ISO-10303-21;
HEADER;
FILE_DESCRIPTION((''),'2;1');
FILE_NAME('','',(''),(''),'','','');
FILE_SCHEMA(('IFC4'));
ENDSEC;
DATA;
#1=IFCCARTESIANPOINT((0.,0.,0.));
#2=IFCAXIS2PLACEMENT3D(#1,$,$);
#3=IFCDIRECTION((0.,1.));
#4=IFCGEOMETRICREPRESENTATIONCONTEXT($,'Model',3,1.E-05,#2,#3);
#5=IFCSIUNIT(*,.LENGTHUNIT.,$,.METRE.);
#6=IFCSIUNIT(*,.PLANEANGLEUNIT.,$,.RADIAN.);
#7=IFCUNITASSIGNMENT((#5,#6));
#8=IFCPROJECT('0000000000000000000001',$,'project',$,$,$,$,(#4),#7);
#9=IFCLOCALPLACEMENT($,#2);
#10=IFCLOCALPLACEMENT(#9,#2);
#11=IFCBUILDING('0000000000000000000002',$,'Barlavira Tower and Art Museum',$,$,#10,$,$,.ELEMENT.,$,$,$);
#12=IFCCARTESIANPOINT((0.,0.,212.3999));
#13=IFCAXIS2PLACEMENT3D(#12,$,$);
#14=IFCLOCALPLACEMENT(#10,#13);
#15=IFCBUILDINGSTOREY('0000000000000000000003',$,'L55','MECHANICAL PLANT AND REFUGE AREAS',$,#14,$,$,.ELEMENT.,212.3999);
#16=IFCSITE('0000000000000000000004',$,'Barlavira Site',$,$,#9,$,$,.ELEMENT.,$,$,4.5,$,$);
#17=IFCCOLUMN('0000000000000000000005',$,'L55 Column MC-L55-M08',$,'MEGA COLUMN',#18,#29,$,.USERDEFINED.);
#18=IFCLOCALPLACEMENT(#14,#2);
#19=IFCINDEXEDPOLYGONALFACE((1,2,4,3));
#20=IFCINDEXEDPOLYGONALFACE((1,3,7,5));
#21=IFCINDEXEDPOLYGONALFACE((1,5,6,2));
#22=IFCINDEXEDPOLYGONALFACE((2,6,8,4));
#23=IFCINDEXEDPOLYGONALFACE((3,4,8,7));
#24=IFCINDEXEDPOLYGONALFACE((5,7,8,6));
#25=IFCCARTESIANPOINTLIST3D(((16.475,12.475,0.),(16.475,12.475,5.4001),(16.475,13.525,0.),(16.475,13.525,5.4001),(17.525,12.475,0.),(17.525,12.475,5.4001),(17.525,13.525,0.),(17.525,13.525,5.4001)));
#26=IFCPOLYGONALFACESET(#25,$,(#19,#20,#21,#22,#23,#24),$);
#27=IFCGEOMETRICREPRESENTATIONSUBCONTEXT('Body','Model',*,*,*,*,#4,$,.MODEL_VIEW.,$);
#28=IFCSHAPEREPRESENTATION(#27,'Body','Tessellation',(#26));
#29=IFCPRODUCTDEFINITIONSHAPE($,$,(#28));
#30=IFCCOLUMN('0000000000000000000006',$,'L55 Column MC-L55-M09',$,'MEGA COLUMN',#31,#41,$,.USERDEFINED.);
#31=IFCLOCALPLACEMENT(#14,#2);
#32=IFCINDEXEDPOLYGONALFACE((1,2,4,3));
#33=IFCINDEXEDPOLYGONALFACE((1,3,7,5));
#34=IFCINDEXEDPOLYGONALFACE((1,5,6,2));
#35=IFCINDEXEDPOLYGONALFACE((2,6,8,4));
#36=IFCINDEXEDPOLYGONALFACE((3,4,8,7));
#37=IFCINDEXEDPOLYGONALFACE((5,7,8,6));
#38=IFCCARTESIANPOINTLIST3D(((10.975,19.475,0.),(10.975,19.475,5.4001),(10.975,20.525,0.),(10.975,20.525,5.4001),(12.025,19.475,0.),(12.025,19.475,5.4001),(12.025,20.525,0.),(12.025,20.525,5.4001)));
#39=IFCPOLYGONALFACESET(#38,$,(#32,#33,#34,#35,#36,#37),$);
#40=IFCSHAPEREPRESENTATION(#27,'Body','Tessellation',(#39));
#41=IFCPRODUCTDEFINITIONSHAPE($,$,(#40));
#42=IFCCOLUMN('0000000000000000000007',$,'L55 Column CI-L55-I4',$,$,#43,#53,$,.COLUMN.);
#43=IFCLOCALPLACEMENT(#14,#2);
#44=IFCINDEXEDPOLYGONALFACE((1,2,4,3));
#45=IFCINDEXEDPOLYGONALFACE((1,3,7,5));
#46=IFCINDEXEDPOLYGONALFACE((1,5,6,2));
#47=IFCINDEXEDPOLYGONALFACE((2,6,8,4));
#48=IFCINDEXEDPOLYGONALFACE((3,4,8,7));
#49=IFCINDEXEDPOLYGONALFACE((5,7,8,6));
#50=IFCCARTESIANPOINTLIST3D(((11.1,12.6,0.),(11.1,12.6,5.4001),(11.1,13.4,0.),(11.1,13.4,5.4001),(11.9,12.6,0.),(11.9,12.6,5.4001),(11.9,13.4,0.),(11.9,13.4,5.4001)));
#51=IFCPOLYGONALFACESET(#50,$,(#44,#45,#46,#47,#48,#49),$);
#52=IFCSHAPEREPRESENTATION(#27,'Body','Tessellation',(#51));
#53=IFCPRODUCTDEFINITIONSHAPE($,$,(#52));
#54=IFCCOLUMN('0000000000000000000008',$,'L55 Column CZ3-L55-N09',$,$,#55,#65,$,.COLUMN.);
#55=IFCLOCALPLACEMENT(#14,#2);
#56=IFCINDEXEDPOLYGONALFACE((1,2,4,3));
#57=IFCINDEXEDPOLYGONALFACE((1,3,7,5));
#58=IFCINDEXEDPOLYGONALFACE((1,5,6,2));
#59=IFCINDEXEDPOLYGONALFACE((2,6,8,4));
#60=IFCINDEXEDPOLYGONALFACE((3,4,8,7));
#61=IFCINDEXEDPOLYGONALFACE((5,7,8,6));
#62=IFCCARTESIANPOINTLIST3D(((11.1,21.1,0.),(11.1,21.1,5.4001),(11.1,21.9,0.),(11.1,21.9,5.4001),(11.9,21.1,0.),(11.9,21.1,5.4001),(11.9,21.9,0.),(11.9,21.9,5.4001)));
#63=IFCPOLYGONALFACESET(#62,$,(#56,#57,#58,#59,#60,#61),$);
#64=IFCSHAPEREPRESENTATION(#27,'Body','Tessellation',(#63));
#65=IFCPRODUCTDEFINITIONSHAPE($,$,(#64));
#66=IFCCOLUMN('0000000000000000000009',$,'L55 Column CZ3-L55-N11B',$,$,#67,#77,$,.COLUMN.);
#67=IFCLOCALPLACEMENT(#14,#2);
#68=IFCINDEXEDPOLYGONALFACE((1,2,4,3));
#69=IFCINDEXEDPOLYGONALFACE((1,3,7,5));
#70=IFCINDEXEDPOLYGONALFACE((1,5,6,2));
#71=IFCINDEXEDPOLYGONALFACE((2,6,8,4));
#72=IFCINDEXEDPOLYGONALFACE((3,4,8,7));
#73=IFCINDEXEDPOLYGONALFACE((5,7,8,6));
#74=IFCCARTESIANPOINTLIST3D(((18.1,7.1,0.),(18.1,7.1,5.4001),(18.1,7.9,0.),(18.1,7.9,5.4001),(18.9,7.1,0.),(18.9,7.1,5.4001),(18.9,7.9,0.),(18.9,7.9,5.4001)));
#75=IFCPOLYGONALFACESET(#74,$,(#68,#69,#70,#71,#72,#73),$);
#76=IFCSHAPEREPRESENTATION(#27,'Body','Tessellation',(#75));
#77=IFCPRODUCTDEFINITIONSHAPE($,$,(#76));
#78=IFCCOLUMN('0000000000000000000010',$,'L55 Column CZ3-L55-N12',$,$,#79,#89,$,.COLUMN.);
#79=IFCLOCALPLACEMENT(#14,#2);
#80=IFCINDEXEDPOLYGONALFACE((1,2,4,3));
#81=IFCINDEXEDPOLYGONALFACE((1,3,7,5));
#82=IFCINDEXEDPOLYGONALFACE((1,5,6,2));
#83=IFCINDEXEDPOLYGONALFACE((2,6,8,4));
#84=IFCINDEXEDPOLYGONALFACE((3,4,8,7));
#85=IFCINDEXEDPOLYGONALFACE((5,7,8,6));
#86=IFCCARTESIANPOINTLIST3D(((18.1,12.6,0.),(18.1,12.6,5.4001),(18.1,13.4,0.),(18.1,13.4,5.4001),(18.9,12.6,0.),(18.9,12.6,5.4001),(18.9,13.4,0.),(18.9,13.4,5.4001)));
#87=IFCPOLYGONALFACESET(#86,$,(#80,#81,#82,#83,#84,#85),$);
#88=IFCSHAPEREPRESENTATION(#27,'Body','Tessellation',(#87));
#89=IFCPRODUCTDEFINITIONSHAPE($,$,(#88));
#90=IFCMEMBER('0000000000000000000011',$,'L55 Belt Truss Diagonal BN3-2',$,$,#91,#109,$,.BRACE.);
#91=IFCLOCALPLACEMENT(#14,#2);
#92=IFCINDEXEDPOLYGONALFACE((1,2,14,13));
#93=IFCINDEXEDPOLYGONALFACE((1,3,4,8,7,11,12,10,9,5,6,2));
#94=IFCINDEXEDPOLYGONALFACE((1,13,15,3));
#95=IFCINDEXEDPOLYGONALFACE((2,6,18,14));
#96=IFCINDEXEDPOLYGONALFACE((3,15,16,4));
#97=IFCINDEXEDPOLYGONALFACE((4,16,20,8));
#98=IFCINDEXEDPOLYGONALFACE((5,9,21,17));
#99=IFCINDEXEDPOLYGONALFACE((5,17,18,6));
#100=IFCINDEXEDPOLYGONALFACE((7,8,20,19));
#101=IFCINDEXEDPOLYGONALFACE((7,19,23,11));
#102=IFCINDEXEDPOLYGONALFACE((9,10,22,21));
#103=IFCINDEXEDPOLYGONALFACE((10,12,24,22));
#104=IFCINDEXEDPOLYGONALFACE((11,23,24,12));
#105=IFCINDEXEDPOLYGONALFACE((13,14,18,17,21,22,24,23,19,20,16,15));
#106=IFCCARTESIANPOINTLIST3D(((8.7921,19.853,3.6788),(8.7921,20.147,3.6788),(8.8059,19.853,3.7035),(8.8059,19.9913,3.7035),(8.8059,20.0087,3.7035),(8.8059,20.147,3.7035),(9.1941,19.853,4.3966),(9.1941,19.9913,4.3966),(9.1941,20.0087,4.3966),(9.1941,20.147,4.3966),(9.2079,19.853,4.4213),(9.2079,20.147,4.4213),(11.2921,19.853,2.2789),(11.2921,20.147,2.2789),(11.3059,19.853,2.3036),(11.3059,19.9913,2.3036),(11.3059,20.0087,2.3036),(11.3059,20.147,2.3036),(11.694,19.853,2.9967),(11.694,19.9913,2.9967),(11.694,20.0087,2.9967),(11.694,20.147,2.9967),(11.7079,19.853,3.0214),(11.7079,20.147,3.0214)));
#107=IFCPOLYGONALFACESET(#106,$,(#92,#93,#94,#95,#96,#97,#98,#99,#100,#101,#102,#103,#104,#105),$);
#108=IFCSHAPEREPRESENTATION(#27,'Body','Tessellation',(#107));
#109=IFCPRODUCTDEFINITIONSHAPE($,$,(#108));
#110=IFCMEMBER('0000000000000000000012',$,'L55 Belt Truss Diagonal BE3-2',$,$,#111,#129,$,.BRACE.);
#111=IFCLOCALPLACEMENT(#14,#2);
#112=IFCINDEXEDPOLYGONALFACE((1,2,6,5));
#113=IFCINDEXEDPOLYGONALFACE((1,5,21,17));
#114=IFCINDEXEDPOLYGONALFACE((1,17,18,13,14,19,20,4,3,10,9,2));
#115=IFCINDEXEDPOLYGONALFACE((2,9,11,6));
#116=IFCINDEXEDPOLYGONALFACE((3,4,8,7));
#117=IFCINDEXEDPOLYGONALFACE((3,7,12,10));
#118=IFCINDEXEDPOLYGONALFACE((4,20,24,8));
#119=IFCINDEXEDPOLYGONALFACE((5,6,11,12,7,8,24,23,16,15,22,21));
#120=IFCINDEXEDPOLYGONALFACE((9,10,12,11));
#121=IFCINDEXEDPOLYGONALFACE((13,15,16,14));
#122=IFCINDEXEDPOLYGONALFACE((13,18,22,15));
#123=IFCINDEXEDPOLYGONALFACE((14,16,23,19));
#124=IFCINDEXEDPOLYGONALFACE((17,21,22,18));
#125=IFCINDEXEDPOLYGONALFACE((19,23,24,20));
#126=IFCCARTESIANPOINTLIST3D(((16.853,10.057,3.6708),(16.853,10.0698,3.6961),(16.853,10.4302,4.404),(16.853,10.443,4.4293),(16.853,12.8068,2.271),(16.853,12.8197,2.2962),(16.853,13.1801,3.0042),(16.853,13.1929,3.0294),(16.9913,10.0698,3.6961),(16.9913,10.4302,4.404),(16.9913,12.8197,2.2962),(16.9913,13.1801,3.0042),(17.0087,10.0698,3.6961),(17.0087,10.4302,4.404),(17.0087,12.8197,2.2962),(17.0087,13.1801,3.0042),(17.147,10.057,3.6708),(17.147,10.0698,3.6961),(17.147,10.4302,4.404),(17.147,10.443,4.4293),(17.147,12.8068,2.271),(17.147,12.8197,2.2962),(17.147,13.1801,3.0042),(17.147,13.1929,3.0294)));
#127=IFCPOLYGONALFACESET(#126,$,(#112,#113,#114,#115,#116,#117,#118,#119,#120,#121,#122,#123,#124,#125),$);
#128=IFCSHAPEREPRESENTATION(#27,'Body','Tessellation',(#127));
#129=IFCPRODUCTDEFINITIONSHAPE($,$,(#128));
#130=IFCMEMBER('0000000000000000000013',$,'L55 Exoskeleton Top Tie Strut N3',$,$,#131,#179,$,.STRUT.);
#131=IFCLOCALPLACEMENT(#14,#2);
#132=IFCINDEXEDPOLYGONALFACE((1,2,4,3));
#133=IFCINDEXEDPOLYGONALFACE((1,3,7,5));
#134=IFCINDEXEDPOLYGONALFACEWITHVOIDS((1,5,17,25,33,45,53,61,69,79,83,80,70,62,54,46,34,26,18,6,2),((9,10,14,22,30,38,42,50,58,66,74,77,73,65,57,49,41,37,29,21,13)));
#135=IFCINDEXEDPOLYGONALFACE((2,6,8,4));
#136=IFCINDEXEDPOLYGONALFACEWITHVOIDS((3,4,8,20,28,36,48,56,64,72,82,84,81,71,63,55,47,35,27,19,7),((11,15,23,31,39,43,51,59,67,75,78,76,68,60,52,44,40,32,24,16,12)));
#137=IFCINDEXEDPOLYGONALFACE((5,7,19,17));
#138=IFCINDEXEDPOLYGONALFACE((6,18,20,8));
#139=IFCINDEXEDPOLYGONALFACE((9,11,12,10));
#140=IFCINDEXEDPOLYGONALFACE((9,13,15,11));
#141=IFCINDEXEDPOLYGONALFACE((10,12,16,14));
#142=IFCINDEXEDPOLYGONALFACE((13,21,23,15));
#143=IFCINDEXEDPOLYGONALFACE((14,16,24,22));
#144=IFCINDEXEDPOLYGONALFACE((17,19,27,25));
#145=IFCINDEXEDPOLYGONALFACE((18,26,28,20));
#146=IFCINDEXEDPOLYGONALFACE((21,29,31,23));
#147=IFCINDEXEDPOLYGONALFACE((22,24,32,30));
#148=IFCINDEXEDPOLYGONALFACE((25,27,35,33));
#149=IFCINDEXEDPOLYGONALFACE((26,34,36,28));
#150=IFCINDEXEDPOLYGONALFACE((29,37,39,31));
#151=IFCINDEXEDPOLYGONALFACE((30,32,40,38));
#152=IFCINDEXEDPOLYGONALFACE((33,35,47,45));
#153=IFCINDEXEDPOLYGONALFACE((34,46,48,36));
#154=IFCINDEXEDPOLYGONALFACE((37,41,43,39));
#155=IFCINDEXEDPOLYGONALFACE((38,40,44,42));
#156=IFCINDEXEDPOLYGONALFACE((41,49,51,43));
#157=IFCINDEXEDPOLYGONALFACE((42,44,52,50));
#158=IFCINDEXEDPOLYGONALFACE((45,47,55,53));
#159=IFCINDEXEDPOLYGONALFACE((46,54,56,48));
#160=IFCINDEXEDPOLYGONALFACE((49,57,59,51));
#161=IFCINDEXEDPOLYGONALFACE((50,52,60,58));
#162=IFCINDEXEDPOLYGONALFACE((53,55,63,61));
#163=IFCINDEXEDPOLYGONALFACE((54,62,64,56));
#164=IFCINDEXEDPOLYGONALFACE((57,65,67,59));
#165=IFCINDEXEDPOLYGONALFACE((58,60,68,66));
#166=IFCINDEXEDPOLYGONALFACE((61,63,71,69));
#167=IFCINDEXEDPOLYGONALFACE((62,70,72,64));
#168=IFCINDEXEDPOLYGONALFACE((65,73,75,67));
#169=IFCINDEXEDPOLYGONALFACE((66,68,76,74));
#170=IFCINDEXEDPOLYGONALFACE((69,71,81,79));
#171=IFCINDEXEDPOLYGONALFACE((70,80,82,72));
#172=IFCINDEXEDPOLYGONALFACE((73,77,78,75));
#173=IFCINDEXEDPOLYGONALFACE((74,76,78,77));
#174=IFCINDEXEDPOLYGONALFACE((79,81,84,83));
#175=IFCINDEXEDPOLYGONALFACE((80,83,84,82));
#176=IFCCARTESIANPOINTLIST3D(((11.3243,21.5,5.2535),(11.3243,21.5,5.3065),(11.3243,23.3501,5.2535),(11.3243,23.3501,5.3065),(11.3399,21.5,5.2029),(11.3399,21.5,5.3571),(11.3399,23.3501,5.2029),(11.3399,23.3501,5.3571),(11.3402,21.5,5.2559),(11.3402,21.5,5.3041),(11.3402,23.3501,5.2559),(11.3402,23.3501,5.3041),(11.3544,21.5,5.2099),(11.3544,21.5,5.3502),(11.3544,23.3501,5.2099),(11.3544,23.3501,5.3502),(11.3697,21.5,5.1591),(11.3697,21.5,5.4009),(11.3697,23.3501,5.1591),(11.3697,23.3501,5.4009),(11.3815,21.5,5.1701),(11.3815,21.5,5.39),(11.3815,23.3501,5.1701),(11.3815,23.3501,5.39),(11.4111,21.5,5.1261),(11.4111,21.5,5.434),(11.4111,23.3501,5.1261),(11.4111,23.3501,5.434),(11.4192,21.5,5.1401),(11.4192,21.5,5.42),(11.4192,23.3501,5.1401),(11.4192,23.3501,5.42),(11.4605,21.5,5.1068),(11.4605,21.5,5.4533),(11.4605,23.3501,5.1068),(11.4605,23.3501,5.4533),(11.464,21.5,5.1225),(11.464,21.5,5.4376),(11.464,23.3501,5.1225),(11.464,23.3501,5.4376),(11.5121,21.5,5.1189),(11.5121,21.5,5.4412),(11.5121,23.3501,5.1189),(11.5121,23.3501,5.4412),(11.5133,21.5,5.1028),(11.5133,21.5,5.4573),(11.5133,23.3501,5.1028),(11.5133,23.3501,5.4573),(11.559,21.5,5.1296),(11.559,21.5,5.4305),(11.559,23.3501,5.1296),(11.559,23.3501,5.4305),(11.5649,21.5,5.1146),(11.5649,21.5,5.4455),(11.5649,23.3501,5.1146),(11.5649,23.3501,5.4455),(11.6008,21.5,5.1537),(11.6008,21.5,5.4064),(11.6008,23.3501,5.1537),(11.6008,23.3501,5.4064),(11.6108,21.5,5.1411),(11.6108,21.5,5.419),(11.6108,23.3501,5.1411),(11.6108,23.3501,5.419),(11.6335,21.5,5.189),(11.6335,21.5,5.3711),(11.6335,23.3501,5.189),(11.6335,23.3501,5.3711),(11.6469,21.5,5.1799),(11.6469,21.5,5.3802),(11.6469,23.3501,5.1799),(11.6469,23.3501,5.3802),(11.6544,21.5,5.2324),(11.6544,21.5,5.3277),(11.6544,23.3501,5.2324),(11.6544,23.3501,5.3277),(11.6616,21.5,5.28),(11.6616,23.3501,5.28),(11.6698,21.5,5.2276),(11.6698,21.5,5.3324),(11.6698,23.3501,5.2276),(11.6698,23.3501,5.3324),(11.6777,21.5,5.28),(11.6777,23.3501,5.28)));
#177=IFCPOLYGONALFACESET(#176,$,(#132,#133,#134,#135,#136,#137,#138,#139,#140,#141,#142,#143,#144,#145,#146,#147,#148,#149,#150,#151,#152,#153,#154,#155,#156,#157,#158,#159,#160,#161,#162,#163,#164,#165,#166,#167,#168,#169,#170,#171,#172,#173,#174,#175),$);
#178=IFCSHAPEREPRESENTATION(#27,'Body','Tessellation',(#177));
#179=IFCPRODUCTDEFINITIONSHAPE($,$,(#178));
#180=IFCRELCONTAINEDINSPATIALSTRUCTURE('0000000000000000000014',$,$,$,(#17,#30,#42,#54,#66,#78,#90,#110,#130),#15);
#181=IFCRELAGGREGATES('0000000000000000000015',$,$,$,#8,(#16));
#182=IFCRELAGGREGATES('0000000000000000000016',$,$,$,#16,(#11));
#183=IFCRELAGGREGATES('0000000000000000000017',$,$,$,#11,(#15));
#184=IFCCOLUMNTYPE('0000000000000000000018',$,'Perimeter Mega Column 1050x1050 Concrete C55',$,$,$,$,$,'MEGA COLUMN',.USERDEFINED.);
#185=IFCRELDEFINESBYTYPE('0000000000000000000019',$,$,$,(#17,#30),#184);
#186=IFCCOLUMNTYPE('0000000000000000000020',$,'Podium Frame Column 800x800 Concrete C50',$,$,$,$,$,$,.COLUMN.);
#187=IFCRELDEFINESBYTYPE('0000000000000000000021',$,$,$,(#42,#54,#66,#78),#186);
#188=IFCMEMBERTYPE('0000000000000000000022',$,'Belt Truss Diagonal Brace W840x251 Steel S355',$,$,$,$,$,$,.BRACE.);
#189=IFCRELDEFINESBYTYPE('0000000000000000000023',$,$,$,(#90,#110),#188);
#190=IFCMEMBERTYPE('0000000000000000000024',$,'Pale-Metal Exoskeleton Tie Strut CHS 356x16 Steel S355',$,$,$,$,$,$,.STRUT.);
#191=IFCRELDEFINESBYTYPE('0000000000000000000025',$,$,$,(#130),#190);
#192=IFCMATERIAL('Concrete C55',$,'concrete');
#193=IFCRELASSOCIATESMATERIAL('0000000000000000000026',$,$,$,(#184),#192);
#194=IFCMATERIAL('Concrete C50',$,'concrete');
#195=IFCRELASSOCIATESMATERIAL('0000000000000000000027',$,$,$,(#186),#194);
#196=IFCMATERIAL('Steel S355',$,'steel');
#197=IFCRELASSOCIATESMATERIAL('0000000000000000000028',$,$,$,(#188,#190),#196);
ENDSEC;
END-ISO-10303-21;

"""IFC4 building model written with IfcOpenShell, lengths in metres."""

from ifc_helpers import new_model, si_unit, direction, frame, origin, origin_2d, place, context, subcontext, project, spatial, rectangle, hollow_circle, i_section, extrude, material, material_profile, profile_set, type_object, element, save


model = new_model("IFC4")

# Units and contexts
model_context = context("Model", 3, precision=1e-05, world=origin(), true_north=direction((0.0, 1.0)))
body_context = subcontext(model_context, "Body", "Model", "MODEL_VIEW")
ifc_project = project(units=[si_unit("LENGTHUNIT", "METRE"), si_unit("PLANEANGLEUNIT", "RADIAN")], contexts=[model_context])

# Site, building, storey
site_placement = place(None, origin())
site = spatial("IfcSite", under=ifc_project, at=site_placement, Name="Barlavira Site", CompositionType="ELEMENT", RefElevation=4.5)
building_placement = place(site_placement, origin())
building = spatial("IfcBuilding", under=site, at=building_placement, Name="Barlavira Tower and Art Museum", CompositionType="ELEMENT")
storey_placement = place(building_placement, frame((0.0, 0.0, 212.3999)))
storey = spatial("IfcBuildingStorey", under=building, at=storey_placement, Name="L55", Description="MECHANICAL PLANT AND REFUGE AREAS", CompositionType="ELEMENT", Elevation=212.3999)

# Columns
ifc_material_1 = material(Name="Concrete C55", Category="concrete")
ifc_material_profile_1 = material_profile(ifc_material_1, rectangle(XDim=1.05, YDim=1.05, at=origin_2d()), Name="RC-COL 1050x1050")
ifc_profile_set_1 = profile_set([ifc_material_profile_1], Name="Concrete C55")
column_type_1 = type_object("IfcColumnType", Name="Perimeter Mega Column 1050x1050 Concrete C55", ElementType="MEGA COLUMN", PredefinedType="USERDEFINED", material=ifc_profile_set_1)
for number, where, z_axis, x_axis, name in (
    (1, (17.0, 13.0, 0.0), (0.0, 0.0, 1.0), (1.0, 0.0, 0.0), "L55 Column MC-L55-M08"),
    (2, (11.5, 20.0, 0.0), (0.0, 0.0, 1.0), (1.0, 0.0, 0.0), "L55 Column MC-L55-M09"),
):
    element("IfcColumn", number, at=place(storey_placement, frame(where, z_axis=z_axis, x_axis=x_axis)), inside=storey, type_object=column_type_1, Name=name, ObjectType="MEGA COLUMN", PredefinedType="USERDEFINED", context=body_context, shape_type="SweptSolid", body=[
        extrude(rectangle(XDim=1.05, YDim=1.05, at=origin_2d()), origin(), (0.0, 0.0, 1.0), 5.4001),
    ])
ifc_material_2 = material(Name="Concrete C50", Category="concrete")
ifc_material_profile_2 = material_profile(ifc_material_2, rectangle(XDim=0.8, YDim=0.8, at=origin_2d()), Name="RC-COL 800x800")
ifc_profile_set_2 = profile_set([ifc_material_profile_2], Name="Concrete C50")
column_type_2 = type_object("IfcColumnType", Name="Podium Frame Column 800x800 Concrete C50", PredefinedType="COLUMN", material=ifc_profile_set_2)
for number, where, z_axis, x_axis, name in (
    (3, (11.5, 13.0, 0.0), (0.0, 0.0, 1.0), (1.0, 0.0, 0.0), "L55 Column CI-L55-I4"),
    (4, (11.5, 21.5, 0.0), (0.0, 0.0, 1.0), (1.0, 0.0, 0.0), "L55 Column CZ3-L55-N09"),
    (5, (18.5, 7.5, 0.0), (0.0, 0.0, 1.0), (1.0, 0.0, 0.0), "L55 Column CZ3-L55-N11B"),
    (6, (18.5, 13.0, 0.0), (0.0, 0.0, 1.0), (1.0, 0.0, 0.0), "L55 Column CZ3-L55-N12"),
):
    element("IfcColumn", number, at=place(storey_placement, frame(where, z_axis=z_axis, x_axis=x_axis)), inside=storey, type_object=column_type_2, Name=name, PredefinedType="COLUMN", context=body_context, shape_type="SweptSolid", body=[
        extrude(rectangle(XDim=0.8, YDim=0.8, at=origin_2d()), origin(), (0.0, 0.0, 1.0), 5.4001),
    ])

# Members
ifc_material_3 = material(Name="Steel S355", Category="steel")
ifc_material_profile_3 = material_profile(ifc_material_3, i_section(OverallWidth=0.2939, OverallDepth=0.8511, WebThickness=0.0173, FlangeThickness=0.0283, at=origin_2d()), Name="W840x251.0")
ifc_profile_set_3 = profile_set([ifc_material_profile_3], Name="Steel S355")
member_type_1 = type_object("IfcMemberType", Name="Belt Truss Diagonal Brace W840x251 Steel S355", PredefinedType="BRACE", material=ifc_profile_set_3)
member_1_placement = place(storey_placement, frame((9.0, 20.0, 4.05), z_axis=(0.872521, 0.0, -0.488577), x_axis=(0.0, 1.0, 0.0)))
element("IfcMember", 7, at=member_1_placement, inside=storey, type_object=member_type_1, Name="L55 Belt Truss Diagonal BN3-2", PredefinedType="BRACE", context=body_context, shape_type="SweptSolid", body=[
    extrude(i_section(OverallWidth=0.2939, OverallDepth=0.8511, WebThickness=0.0173, FlangeThickness=0.0283, at=origin_2d()), origin(), (0.0, 0.0, 1.0), 2.8652),
])
member_2_placement = place(storey_placement, frame((17.0, 10.25, 4.05), z_axis=(0.0, 0.891176, -0.453658), x_axis=(-1.0, 0.0, 0.0)))
element("IfcMember", 8, at=member_2_placement, inside=storey, type_object=member_type_1, Name="L55 Belt Truss Diagonal BE3-2", PredefinedType="BRACE", context=body_context, shape_type="SweptSolid", body=[
    extrude(i_section(OverallWidth=0.2939, OverallDepth=0.8511, WebThickness=0.0173, FlangeThickness=0.0283, at=origin_2d()), origin(), (0.0, 0.0, 1.0), 3.0857),
])
ifc_material_profile_4 = material_profile(ifc_material_3, hollow_circle(Radius=0.1777, WallThickness=0.0161, at=origin_2d()), Name="CHS 355.6x16.0")
ifc_profile_set_4 = profile_set([ifc_material_profile_4], Name="Steel S355")
member_type_2 = type_object("IfcMemberType", Name="Pale-Metal Exoskeleton Tie Strut CHS 356x16 Steel S355", PredefinedType="STRUT", material=ifc_profile_set_4)
for number, where, z_axis, x_axis, name in (
    (9, (11.5, 23.3501, 5.28), (0.0, -1.0, 0.0), (1.0, 0.0, 0.0), "L55 Exoskeleton Top Tie Strut N3"),
):
    element("IfcMember", number, at=place(storey_placement, frame(where, z_axis=z_axis, x_axis=x_axis)), inside=storey, type_object=member_type_2, Name=name, PredefinedType="STRUT", context=body_context, shape_type="SweptSolid", body=[
        extrude(hollow_circle(Radius=0.1777, WallThickness=0.0161, at=origin_2d()), origin(), (0.0, 0.0, 1.0), 1.8501),
    ])

save(model, "model.ifc")
